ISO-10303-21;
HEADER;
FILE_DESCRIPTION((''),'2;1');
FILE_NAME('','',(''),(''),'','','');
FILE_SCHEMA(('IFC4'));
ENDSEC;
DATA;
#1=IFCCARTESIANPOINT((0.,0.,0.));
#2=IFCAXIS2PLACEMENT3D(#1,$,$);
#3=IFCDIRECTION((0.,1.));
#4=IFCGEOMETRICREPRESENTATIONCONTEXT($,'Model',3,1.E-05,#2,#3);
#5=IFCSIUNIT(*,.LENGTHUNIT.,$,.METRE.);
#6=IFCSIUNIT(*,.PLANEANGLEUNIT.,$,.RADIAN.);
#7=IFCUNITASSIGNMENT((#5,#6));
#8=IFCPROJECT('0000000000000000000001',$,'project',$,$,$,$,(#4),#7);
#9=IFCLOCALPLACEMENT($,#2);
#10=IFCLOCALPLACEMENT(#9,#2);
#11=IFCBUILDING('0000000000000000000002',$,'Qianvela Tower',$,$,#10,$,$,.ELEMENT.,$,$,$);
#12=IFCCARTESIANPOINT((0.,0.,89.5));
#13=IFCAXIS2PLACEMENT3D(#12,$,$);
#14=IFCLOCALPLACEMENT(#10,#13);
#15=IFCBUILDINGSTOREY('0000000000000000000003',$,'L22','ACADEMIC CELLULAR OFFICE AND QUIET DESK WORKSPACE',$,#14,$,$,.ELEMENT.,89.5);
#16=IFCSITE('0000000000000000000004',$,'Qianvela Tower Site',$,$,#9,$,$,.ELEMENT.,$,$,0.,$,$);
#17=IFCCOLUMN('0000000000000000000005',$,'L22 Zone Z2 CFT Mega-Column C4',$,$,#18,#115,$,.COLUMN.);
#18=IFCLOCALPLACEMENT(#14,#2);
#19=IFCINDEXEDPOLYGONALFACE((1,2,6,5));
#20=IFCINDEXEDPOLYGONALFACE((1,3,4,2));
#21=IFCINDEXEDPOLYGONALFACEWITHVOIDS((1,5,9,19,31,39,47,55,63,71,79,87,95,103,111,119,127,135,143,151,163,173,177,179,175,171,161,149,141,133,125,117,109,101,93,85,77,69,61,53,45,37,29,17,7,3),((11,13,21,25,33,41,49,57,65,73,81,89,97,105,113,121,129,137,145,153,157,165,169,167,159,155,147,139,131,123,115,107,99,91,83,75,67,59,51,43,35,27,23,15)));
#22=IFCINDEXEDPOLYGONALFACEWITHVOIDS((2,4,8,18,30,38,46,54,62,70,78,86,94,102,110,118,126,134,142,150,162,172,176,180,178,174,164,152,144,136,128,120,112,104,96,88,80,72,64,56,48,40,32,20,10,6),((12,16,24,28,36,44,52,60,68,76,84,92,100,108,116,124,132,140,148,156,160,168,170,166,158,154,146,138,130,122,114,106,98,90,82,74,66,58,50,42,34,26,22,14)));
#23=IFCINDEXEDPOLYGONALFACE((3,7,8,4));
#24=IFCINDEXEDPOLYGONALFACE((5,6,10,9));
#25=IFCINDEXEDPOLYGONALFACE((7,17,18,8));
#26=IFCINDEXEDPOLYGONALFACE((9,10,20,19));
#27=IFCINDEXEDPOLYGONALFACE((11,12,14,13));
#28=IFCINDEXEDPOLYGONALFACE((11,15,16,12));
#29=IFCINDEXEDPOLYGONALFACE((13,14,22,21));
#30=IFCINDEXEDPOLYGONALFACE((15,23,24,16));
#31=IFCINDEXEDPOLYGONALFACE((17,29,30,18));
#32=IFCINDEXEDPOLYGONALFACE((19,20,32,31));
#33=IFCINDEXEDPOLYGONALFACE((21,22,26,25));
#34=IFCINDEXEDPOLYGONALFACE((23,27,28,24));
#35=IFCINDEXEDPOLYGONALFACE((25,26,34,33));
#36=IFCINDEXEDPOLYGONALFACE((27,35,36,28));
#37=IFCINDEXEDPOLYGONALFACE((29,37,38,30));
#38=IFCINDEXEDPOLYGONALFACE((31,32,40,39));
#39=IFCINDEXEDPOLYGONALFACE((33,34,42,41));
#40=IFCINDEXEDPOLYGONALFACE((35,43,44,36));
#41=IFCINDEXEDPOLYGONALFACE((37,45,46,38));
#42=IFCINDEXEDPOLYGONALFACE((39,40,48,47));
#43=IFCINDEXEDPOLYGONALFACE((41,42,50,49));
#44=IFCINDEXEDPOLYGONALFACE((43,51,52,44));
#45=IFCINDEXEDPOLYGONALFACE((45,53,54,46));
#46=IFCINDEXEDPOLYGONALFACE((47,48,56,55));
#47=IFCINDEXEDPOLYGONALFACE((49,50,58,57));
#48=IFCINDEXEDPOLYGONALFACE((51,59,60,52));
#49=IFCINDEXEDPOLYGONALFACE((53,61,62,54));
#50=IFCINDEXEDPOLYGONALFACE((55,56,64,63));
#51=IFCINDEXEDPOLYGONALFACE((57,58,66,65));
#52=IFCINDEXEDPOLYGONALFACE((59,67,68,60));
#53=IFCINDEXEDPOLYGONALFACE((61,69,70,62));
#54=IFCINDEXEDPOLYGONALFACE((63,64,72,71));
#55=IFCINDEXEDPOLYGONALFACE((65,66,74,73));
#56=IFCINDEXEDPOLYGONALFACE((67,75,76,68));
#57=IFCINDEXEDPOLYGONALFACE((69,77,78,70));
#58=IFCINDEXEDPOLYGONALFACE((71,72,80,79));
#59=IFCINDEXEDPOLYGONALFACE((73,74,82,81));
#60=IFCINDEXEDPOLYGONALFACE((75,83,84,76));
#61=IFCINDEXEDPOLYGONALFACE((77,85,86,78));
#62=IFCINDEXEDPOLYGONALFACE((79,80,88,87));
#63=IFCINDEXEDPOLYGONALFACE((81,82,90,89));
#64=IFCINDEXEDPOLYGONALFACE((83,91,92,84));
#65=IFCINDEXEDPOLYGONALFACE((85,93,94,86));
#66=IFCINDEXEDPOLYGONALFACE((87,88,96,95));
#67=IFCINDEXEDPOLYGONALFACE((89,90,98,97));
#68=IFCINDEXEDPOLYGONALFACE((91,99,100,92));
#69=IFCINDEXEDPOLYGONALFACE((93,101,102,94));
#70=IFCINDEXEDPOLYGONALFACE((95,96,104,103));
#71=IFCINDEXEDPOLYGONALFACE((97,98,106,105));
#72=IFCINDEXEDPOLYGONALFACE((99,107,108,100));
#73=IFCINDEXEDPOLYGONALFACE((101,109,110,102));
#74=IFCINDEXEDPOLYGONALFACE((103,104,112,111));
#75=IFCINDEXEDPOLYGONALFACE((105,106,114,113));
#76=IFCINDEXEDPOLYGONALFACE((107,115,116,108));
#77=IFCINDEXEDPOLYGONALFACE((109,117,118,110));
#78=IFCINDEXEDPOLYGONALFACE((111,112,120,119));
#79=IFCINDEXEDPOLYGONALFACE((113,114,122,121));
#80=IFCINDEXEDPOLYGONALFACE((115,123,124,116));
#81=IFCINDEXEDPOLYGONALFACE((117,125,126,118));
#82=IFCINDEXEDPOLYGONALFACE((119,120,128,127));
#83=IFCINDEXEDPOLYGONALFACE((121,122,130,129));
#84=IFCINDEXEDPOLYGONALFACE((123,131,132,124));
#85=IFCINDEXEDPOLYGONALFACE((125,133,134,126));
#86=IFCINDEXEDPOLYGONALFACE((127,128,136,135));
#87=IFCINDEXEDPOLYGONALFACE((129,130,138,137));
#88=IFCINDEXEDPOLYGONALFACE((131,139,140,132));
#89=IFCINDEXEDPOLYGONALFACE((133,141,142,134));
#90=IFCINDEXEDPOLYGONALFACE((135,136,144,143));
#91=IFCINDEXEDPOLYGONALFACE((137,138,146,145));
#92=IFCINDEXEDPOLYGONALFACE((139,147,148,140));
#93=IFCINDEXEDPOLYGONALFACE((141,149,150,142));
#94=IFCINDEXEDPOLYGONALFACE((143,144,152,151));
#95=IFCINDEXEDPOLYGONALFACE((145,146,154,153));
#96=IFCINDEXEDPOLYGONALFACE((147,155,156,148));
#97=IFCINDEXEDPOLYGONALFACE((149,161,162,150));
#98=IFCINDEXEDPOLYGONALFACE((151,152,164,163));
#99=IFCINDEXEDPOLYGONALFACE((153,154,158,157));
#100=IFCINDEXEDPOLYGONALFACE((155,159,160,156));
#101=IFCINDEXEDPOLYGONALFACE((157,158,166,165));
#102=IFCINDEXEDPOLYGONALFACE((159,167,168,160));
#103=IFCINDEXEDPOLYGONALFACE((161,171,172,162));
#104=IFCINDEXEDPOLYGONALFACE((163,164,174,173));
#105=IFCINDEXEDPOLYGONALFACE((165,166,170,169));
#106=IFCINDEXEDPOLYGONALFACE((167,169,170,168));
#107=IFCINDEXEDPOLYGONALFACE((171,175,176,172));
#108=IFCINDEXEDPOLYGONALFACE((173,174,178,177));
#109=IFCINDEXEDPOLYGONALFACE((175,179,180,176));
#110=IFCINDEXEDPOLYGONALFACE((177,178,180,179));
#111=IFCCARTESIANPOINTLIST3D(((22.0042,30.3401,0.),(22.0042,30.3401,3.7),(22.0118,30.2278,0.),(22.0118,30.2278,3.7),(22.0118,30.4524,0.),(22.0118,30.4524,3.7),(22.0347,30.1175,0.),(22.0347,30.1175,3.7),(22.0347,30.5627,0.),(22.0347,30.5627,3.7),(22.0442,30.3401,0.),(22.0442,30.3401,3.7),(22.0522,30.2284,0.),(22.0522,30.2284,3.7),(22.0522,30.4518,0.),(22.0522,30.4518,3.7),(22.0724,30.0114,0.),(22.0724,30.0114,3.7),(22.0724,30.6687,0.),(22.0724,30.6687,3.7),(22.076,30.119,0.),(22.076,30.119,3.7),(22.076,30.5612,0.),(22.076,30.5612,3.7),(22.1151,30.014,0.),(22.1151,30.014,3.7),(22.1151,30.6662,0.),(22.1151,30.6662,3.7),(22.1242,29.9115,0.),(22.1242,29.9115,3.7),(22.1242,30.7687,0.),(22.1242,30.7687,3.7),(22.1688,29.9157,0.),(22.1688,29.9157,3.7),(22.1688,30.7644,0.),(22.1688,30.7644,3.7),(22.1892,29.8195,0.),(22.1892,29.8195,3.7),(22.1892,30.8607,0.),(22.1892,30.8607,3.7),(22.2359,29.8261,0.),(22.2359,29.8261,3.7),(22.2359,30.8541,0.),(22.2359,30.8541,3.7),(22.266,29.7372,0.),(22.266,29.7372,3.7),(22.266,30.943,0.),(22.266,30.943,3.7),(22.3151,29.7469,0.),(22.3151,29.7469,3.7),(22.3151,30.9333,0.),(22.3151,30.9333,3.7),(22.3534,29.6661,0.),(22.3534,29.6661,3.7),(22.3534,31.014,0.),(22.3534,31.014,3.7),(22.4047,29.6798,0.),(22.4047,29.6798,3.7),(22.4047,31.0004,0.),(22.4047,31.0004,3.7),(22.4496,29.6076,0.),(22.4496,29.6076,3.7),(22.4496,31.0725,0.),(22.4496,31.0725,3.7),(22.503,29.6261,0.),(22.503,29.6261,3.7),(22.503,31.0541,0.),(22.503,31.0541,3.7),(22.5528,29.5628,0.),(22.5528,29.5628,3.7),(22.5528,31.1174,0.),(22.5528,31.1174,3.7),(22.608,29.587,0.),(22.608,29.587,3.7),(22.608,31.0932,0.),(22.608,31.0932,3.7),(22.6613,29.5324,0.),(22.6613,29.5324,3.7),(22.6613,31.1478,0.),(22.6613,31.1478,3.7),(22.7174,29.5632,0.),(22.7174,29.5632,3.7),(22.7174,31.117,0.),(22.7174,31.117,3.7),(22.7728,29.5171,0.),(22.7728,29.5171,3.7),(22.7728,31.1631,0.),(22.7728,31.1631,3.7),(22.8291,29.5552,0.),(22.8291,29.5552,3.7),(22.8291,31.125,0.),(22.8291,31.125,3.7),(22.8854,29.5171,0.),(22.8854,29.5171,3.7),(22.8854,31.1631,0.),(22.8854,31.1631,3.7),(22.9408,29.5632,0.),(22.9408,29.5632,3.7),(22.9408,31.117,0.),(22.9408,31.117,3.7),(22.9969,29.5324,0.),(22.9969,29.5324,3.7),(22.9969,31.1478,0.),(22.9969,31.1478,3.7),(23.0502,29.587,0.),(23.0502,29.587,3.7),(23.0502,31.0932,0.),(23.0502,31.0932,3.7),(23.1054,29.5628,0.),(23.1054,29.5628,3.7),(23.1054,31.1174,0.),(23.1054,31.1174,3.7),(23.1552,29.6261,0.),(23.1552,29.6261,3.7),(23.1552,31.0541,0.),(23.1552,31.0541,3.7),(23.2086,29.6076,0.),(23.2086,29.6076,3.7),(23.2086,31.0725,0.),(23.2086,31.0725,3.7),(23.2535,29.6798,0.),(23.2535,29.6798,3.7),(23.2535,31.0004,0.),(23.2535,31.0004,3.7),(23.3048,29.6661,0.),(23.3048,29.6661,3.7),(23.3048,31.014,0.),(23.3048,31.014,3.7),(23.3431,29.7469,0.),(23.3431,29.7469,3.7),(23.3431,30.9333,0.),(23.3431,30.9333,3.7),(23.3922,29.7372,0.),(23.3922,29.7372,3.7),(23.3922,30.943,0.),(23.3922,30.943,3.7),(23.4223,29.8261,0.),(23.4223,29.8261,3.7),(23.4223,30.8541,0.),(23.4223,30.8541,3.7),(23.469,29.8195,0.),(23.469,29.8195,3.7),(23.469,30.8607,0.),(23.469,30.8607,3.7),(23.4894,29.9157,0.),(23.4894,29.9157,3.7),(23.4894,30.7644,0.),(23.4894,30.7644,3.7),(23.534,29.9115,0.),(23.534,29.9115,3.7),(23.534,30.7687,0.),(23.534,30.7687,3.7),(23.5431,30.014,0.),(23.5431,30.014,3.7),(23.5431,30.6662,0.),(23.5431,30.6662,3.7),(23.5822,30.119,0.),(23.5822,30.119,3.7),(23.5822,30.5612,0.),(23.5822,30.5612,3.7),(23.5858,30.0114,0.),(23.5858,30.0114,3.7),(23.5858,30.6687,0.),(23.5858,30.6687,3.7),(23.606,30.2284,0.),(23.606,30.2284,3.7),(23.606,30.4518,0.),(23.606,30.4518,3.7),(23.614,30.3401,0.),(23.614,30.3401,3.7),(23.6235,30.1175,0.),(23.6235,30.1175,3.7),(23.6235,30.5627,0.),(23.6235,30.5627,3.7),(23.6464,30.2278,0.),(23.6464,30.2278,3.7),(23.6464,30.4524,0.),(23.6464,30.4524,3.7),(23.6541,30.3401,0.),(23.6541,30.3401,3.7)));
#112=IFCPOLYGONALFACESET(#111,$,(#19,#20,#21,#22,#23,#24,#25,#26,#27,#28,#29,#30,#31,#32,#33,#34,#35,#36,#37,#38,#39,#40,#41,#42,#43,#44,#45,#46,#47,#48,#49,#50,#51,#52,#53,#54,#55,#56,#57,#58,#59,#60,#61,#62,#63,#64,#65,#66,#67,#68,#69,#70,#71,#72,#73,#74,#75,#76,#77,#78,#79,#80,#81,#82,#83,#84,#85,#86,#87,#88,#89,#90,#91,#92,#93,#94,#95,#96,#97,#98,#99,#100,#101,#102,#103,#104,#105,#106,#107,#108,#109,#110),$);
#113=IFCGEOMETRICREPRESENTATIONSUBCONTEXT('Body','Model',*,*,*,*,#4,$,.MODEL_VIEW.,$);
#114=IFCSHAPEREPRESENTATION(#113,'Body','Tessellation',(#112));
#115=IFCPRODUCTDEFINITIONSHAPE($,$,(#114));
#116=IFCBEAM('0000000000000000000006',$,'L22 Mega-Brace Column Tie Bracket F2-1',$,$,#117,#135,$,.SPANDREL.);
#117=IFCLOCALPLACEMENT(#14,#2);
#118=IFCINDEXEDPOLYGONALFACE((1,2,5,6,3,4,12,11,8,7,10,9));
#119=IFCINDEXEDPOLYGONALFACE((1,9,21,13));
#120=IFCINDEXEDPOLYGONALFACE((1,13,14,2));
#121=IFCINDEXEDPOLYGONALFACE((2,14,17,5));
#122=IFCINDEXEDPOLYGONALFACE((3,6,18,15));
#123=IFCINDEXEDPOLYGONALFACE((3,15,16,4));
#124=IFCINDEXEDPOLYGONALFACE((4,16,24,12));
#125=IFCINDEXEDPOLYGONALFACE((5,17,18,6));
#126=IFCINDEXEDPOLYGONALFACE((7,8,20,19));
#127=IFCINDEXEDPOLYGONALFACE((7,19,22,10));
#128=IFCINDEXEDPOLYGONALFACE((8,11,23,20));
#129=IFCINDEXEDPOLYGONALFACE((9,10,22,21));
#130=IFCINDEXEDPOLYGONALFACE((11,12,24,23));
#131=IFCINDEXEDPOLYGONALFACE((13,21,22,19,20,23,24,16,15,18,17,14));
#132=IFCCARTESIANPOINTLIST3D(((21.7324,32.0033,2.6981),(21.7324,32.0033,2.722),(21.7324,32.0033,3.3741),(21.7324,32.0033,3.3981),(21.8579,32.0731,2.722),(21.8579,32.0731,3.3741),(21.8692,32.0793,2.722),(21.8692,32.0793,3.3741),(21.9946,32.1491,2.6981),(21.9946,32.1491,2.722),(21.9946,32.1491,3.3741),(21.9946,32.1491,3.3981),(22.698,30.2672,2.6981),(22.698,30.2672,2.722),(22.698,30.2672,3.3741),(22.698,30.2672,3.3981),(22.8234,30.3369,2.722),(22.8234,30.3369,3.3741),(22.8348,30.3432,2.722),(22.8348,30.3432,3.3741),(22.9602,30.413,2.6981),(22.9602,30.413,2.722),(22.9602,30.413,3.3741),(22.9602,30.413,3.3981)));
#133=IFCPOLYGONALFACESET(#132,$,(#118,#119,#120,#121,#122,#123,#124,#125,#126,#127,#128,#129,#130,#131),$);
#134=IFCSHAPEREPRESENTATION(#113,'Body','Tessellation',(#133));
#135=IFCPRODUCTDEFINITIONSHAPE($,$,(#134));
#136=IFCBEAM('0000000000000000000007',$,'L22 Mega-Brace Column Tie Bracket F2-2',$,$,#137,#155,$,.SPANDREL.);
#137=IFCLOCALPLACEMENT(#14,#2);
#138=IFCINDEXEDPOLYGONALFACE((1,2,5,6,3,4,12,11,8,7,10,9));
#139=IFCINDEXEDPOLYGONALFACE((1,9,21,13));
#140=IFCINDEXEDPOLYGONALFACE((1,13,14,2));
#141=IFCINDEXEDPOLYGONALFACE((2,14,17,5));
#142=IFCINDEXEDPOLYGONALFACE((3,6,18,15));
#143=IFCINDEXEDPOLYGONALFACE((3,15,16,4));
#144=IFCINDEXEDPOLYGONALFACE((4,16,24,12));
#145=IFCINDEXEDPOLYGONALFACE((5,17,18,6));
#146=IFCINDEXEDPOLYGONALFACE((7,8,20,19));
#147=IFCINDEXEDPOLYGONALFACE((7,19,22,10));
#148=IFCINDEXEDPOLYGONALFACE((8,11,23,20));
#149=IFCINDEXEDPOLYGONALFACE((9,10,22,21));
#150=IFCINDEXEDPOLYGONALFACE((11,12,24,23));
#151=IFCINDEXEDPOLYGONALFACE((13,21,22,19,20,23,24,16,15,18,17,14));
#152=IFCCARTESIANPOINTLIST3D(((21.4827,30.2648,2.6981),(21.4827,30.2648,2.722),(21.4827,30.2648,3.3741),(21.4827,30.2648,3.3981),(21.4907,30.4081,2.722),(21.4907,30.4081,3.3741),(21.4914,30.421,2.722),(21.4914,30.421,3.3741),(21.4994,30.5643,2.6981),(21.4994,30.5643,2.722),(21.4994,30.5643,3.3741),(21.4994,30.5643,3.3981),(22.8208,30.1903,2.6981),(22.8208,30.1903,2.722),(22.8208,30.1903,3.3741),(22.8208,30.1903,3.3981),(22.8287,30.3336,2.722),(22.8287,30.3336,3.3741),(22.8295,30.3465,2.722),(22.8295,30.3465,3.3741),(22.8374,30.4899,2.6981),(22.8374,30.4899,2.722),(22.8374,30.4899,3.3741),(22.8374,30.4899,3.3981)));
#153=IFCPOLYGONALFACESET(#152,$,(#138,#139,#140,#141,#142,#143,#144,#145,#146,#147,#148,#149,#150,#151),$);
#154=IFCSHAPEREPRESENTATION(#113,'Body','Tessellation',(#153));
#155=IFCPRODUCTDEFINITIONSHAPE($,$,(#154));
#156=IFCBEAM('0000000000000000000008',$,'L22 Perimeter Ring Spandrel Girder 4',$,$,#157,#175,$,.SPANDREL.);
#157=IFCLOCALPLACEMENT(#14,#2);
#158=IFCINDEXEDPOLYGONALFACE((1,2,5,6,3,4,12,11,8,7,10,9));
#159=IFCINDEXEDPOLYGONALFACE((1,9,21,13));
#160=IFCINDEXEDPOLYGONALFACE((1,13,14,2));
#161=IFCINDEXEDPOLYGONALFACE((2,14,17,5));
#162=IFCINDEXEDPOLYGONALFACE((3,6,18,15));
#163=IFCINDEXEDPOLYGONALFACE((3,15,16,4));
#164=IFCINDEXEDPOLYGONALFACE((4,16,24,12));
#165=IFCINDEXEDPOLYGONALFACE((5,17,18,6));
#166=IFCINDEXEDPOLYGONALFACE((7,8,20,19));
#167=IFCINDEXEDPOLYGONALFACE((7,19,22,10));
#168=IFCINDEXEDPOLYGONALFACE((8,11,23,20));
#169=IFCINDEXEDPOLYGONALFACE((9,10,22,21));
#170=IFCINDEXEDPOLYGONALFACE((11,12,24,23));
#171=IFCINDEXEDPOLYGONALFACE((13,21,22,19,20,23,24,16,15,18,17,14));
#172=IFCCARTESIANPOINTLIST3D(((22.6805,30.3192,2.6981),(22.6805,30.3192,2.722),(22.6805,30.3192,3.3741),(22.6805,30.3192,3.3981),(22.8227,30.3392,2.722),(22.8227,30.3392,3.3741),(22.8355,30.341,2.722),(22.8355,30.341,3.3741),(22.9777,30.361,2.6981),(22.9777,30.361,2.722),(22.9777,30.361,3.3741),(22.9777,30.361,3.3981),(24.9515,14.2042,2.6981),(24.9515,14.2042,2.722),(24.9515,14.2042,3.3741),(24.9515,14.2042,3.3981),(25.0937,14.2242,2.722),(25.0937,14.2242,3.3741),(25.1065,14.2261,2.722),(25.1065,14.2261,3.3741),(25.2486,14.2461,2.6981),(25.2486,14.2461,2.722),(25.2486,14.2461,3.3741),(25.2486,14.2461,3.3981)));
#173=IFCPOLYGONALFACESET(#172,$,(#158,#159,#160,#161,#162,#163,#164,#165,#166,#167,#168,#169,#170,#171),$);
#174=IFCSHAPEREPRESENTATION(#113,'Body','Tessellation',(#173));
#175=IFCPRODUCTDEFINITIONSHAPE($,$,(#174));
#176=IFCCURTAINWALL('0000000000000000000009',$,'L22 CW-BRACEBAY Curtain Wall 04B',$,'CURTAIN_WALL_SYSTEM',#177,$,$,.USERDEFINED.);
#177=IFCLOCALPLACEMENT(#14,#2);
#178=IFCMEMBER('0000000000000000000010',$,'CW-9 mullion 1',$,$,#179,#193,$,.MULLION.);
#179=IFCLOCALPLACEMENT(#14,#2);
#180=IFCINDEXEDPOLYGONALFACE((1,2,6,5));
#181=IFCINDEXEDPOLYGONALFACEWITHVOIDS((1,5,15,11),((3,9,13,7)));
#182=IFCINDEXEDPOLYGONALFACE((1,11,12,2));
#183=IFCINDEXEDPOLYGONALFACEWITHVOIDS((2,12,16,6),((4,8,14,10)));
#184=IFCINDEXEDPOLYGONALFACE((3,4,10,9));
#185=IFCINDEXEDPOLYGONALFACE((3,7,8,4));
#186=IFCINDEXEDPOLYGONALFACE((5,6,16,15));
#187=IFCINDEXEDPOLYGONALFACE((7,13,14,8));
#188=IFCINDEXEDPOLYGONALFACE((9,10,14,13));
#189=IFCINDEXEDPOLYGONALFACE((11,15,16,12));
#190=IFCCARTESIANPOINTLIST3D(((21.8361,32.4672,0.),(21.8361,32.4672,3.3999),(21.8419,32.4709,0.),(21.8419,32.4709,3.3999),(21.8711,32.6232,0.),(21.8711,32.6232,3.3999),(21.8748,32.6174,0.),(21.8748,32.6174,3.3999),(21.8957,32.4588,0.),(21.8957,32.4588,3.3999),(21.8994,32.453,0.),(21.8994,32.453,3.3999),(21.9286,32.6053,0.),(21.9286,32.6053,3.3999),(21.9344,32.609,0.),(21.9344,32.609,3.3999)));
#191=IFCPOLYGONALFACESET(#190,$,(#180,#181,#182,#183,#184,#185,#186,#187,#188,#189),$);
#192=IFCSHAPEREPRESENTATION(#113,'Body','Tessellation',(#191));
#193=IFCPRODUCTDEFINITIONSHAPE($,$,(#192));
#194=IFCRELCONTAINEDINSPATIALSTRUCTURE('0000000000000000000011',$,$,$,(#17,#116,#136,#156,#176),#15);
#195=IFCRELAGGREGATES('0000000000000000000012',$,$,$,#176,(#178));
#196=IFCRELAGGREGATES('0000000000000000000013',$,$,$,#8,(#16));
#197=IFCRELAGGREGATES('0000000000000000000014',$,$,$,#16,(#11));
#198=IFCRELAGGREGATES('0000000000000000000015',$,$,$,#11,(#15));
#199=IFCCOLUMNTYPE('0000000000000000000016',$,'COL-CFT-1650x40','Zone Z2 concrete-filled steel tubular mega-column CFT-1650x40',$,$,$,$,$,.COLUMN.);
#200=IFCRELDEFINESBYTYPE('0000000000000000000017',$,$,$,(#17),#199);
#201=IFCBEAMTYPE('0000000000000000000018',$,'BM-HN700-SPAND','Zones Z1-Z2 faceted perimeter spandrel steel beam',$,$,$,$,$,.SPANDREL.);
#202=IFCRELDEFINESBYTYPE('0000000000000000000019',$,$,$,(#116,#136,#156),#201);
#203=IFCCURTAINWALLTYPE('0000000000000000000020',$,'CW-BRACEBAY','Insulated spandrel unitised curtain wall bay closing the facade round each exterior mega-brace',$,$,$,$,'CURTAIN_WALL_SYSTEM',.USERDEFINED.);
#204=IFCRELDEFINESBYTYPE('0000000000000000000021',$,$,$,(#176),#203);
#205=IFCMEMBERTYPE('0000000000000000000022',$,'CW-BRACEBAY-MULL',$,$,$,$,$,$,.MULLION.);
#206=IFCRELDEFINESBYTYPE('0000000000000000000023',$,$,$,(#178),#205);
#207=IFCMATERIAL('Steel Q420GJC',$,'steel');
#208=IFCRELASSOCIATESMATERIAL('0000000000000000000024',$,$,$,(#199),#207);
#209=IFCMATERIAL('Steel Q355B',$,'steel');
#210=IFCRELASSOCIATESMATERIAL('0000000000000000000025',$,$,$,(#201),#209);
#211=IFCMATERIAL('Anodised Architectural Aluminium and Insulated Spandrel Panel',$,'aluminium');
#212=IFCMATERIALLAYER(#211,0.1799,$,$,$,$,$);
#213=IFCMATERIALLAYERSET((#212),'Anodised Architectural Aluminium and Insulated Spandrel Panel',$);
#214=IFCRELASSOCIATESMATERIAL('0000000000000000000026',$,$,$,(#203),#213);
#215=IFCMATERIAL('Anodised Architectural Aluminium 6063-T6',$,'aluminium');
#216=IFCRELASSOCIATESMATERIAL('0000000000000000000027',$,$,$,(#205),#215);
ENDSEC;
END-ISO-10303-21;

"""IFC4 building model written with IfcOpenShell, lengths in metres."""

from ifc_helpers import new_model, si_unit, direction, frame, origin, origin_2d, place, context, subcontext, project, spatial, hollow_rectangle, hollow_circle, i_section, extrude, material, layer, layer_set, material_profile, profile_set, type_object, element, aggregate, save


model = new_model("IFC4")

# Units and contexts
model_context = context("Model", 3, precision=1e-05, world=origin(), true_north=direction((0.0, 1.0)))
body_context = subcontext(model_context, "Body", "Model", "MODEL_VIEW")
ifc_project = project(units=[si_unit("LENGTHUNIT", "METRE"), si_unit("PLANEANGLEUNIT", "RADIAN")], contexts=[model_context])

# Site, building, storey
site_placement = place(None, origin())
site = spatial("IfcSite", under=ifc_project, at=site_placement, Name="Qianvela Tower Site", CompositionType="ELEMENT", RefElevation=0.0)
building_placement = place(site_placement, origin())
building = spatial("IfcBuilding", under=site, at=building_placement, Name="Qianvela Tower", CompositionType="ELEMENT")
storey_placement = place(building_placement, frame((0.0, 0.0, 89.5)))
storey = spatial("IfcBuildingStorey", under=building, at=storey_placement, Name="L22", Description="ACADEMIC CELLULAR OFFICE AND QUIET DESK WORKSPACE", CompositionType="ELEMENT", Elevation=89.5)

# Column
ifc_material_1 = material(Name="Steel Q420GJC", Category="steel")
ifc_material_profile_1 = material_profile(ifc_material_1, hollow_circle(Radius=0.825, WallThickness=0.04, at=origin_2d()), Name="CFT-1650x40")
ifc_profile_set_1 = profile_set([ifc_material_profile_1], Name="Steel Q420GJC")
column_type = type_object("IfcColumnType", Name="COL-CFT-1650x40", Description="Zone Z2 concrete-filled steel tubular mega-column CFT-1650x40", PredefinedType="COLUMN", material=ifc_profile_set_1)
column_placement = place(storey_placement, frame((22.8291, 30.3401, 0.0), z_axis=(0.0, 0.0, 1.0), x_axis=(1.0, 0.0, 0.0)))
element("IfcColumn", 1, at=column_placement, inside=storey, type_object=column_type, Name="L22 Zone Z2 CFT Mega-Column C4", PredefinedType="COLUMN", context=body_context, shape_type="SweptSolid", body=[
    extrude(hollow_circle(Radius=0.825, WallThickness=0.04, at=origin_2d()), origin(), (0.0, 0.0, 1.0), 3.7),
])

# Beams
ifc_material_2 = material(Name="Steel Q355B", Category="steel")
ifc_material_profile_2 = material_profile(ifc_material_2, i_section(OverallWidth=0.3, OverallDepth=0.7, WebThickness=0.0129, FlangeThickness=0.0239, at=origin_2d()), Name="HN700x300x13x24")
ifc_profile_set_2 = profile_set([ifc_material_profile_2], Name="Steel Q355B")
beam_type = type_object("IfcBeamType", Name="BM-HN700-SPAND", Description="Zones Z1-Z2 faceted perimeter spandrel steel beam", PredefinedType="SPANDREL", material=ifc_profile_set_2)
beam_1_placement = place(storey_placement, frame((22.8291, 30.3401, 3.0481), z_axis=(-0.48606, 0.873925, 0.0), x_axis=(-0.873925, -0.48606, 0.0)))
element("IfcBeam", 2, at=beam_1_placement, inside=storey, type_object=beam_type, Name="L22 Mega-Brace Column Tie Bracket F2-1", PredefinedType="SPANDREL", context=body_context, shape_type="SweptSolid", body=[
    extrude(i_section(OverallWidth=0.3, OverallDepth=0.7, WebThickness=0.0129, FlangeThickness=0.0239, at=origin_2d()), origin(), (0.0, 0.0, 1.0), 1.9866),
])
beam_2_placement = place(storey_placement, frame((22.8291, 30.3401, 3.0481), z_axis=(-0.998455, 0.055561, 0.0), x_axis=(-0.055561, -0.998455, 0.0)))
element("IfcBeam", 3, at=beam_2_placement, inside=storey, type_object=beam_type, Name="L22 Mega-Brace Column Tie Bracket F2-2", PredefinedType="SPANDREL", context=body_context, shape_type="SweptSolid", body=[
    extrude(i_section(OverallWidth=0.3, OverallDepth=0.7, WebThickness=0.0129, FlangeThickness=0.0239, at=origin_2d()), origin(), (0.0, 0.0, 1.0), 1.3401),
])
beam_3_placement = place(storey_placement, frame((22.8291, 30.3401, 3.0481), z_axis=(0.139546, -0.990216, 0.0), x_axis=(0.990216, 0.139546, 0.0)))
element("IfcBeam", 4, at=beam_3_placement, inside=storey, type_object=beam_type, Name="L22 Perimeter Ring Spandrel Girder 4", PredefinedType="SPANDREL", context=body_context, shape_type="SweptSolid", body=[
    extrude(i_section(OverallWidth=0.3, OverallDepth=0.7, WebThickness=0.0129, FlangeThickness=0.0239, at=origin_2d()), origin(), (0.0, 0.0, 1.0), 16.2742),
])

# Curtain wall, member
ifc_material_3 = material(Name="Anodised Architectural Aluminium and Insulated Spandrel Panel", Category="aluminium")
ifc_layer_1 = layer(ifc_material_3, 0.1799)
ifc_layer_set_1 = layer_set([ifc_layer_1], Name="Anodised Architectural Aluminium and Insulated Spandrel Panel")
curtain_wall_type_1 = type_object("IfcCurtainWallType", Name="CW-BRACEBAY", Description="Insulated spandrel unitised curtain wall bay closing the facade round each exterior mega-brace", ElementType="CURTAIN_WALL_SYSTEM", PredefinedType="USERDEFINED", material=ifc_layer_set_1)
curtain_wall_1_placement = place(storey_placement, origin())
curtain_wall_1 = element("IfcCurtainWall", 5, at=curtain_wall_1_placement, inside=storey, type_object=curtain_wall_type_1, Name="L22 CW-BRACEBAY Curtain Wall 04B", ObjectType="CURTAIN_WALL_SYSTEM", PredefinedType="USERDEFINED")
ifc_material_4 = material(Name="Anodised Architectural Aluminium 6063-T6", Category="aluminium")
ifc_material_profile_3 = material_profile(ifc_material_4, hollow_rectangle(XDim=0.0649, YDim=0.1599, WallThickness=0.0049, at=origin_2d()), Name="ALU-MULL-65x160")
ifc_profile_set_3 = profile_set([ifc_material_profile_3], Name="Anodised Architectural Aluminium 6063-T6")
member_type_1 = type_object("IfcMemberType", Name="CW-BRACEBAY-MULL", PredefinedType="MULLION", material=ifc_profile_set_3)
member_1_placement = place(storey_placement, frame((21.8853, 32.5381, 0.0), z_axis=(0.0, 0.0, 1.0), x_axis=(0.975765, -0.218823, 0.0)))
member_1 = element("IfcMember", 6, at=member_1_placement, type_object=member_type_1, Name="CW-9 mullion 1", PredefinedType="MULLION", context=body_context, shape_type="SweptSolid", body=[
    extrude(hollow_rectangle(XDim=0.0649, YDim=0.1599, WallThickness=0.0049, at=origin_2d()), origin(), (0.0, 0.0, 1.0), 3.3999),
])

aggregate(curtain_wall_1, [member_1])

save(model, "model.ifc")
